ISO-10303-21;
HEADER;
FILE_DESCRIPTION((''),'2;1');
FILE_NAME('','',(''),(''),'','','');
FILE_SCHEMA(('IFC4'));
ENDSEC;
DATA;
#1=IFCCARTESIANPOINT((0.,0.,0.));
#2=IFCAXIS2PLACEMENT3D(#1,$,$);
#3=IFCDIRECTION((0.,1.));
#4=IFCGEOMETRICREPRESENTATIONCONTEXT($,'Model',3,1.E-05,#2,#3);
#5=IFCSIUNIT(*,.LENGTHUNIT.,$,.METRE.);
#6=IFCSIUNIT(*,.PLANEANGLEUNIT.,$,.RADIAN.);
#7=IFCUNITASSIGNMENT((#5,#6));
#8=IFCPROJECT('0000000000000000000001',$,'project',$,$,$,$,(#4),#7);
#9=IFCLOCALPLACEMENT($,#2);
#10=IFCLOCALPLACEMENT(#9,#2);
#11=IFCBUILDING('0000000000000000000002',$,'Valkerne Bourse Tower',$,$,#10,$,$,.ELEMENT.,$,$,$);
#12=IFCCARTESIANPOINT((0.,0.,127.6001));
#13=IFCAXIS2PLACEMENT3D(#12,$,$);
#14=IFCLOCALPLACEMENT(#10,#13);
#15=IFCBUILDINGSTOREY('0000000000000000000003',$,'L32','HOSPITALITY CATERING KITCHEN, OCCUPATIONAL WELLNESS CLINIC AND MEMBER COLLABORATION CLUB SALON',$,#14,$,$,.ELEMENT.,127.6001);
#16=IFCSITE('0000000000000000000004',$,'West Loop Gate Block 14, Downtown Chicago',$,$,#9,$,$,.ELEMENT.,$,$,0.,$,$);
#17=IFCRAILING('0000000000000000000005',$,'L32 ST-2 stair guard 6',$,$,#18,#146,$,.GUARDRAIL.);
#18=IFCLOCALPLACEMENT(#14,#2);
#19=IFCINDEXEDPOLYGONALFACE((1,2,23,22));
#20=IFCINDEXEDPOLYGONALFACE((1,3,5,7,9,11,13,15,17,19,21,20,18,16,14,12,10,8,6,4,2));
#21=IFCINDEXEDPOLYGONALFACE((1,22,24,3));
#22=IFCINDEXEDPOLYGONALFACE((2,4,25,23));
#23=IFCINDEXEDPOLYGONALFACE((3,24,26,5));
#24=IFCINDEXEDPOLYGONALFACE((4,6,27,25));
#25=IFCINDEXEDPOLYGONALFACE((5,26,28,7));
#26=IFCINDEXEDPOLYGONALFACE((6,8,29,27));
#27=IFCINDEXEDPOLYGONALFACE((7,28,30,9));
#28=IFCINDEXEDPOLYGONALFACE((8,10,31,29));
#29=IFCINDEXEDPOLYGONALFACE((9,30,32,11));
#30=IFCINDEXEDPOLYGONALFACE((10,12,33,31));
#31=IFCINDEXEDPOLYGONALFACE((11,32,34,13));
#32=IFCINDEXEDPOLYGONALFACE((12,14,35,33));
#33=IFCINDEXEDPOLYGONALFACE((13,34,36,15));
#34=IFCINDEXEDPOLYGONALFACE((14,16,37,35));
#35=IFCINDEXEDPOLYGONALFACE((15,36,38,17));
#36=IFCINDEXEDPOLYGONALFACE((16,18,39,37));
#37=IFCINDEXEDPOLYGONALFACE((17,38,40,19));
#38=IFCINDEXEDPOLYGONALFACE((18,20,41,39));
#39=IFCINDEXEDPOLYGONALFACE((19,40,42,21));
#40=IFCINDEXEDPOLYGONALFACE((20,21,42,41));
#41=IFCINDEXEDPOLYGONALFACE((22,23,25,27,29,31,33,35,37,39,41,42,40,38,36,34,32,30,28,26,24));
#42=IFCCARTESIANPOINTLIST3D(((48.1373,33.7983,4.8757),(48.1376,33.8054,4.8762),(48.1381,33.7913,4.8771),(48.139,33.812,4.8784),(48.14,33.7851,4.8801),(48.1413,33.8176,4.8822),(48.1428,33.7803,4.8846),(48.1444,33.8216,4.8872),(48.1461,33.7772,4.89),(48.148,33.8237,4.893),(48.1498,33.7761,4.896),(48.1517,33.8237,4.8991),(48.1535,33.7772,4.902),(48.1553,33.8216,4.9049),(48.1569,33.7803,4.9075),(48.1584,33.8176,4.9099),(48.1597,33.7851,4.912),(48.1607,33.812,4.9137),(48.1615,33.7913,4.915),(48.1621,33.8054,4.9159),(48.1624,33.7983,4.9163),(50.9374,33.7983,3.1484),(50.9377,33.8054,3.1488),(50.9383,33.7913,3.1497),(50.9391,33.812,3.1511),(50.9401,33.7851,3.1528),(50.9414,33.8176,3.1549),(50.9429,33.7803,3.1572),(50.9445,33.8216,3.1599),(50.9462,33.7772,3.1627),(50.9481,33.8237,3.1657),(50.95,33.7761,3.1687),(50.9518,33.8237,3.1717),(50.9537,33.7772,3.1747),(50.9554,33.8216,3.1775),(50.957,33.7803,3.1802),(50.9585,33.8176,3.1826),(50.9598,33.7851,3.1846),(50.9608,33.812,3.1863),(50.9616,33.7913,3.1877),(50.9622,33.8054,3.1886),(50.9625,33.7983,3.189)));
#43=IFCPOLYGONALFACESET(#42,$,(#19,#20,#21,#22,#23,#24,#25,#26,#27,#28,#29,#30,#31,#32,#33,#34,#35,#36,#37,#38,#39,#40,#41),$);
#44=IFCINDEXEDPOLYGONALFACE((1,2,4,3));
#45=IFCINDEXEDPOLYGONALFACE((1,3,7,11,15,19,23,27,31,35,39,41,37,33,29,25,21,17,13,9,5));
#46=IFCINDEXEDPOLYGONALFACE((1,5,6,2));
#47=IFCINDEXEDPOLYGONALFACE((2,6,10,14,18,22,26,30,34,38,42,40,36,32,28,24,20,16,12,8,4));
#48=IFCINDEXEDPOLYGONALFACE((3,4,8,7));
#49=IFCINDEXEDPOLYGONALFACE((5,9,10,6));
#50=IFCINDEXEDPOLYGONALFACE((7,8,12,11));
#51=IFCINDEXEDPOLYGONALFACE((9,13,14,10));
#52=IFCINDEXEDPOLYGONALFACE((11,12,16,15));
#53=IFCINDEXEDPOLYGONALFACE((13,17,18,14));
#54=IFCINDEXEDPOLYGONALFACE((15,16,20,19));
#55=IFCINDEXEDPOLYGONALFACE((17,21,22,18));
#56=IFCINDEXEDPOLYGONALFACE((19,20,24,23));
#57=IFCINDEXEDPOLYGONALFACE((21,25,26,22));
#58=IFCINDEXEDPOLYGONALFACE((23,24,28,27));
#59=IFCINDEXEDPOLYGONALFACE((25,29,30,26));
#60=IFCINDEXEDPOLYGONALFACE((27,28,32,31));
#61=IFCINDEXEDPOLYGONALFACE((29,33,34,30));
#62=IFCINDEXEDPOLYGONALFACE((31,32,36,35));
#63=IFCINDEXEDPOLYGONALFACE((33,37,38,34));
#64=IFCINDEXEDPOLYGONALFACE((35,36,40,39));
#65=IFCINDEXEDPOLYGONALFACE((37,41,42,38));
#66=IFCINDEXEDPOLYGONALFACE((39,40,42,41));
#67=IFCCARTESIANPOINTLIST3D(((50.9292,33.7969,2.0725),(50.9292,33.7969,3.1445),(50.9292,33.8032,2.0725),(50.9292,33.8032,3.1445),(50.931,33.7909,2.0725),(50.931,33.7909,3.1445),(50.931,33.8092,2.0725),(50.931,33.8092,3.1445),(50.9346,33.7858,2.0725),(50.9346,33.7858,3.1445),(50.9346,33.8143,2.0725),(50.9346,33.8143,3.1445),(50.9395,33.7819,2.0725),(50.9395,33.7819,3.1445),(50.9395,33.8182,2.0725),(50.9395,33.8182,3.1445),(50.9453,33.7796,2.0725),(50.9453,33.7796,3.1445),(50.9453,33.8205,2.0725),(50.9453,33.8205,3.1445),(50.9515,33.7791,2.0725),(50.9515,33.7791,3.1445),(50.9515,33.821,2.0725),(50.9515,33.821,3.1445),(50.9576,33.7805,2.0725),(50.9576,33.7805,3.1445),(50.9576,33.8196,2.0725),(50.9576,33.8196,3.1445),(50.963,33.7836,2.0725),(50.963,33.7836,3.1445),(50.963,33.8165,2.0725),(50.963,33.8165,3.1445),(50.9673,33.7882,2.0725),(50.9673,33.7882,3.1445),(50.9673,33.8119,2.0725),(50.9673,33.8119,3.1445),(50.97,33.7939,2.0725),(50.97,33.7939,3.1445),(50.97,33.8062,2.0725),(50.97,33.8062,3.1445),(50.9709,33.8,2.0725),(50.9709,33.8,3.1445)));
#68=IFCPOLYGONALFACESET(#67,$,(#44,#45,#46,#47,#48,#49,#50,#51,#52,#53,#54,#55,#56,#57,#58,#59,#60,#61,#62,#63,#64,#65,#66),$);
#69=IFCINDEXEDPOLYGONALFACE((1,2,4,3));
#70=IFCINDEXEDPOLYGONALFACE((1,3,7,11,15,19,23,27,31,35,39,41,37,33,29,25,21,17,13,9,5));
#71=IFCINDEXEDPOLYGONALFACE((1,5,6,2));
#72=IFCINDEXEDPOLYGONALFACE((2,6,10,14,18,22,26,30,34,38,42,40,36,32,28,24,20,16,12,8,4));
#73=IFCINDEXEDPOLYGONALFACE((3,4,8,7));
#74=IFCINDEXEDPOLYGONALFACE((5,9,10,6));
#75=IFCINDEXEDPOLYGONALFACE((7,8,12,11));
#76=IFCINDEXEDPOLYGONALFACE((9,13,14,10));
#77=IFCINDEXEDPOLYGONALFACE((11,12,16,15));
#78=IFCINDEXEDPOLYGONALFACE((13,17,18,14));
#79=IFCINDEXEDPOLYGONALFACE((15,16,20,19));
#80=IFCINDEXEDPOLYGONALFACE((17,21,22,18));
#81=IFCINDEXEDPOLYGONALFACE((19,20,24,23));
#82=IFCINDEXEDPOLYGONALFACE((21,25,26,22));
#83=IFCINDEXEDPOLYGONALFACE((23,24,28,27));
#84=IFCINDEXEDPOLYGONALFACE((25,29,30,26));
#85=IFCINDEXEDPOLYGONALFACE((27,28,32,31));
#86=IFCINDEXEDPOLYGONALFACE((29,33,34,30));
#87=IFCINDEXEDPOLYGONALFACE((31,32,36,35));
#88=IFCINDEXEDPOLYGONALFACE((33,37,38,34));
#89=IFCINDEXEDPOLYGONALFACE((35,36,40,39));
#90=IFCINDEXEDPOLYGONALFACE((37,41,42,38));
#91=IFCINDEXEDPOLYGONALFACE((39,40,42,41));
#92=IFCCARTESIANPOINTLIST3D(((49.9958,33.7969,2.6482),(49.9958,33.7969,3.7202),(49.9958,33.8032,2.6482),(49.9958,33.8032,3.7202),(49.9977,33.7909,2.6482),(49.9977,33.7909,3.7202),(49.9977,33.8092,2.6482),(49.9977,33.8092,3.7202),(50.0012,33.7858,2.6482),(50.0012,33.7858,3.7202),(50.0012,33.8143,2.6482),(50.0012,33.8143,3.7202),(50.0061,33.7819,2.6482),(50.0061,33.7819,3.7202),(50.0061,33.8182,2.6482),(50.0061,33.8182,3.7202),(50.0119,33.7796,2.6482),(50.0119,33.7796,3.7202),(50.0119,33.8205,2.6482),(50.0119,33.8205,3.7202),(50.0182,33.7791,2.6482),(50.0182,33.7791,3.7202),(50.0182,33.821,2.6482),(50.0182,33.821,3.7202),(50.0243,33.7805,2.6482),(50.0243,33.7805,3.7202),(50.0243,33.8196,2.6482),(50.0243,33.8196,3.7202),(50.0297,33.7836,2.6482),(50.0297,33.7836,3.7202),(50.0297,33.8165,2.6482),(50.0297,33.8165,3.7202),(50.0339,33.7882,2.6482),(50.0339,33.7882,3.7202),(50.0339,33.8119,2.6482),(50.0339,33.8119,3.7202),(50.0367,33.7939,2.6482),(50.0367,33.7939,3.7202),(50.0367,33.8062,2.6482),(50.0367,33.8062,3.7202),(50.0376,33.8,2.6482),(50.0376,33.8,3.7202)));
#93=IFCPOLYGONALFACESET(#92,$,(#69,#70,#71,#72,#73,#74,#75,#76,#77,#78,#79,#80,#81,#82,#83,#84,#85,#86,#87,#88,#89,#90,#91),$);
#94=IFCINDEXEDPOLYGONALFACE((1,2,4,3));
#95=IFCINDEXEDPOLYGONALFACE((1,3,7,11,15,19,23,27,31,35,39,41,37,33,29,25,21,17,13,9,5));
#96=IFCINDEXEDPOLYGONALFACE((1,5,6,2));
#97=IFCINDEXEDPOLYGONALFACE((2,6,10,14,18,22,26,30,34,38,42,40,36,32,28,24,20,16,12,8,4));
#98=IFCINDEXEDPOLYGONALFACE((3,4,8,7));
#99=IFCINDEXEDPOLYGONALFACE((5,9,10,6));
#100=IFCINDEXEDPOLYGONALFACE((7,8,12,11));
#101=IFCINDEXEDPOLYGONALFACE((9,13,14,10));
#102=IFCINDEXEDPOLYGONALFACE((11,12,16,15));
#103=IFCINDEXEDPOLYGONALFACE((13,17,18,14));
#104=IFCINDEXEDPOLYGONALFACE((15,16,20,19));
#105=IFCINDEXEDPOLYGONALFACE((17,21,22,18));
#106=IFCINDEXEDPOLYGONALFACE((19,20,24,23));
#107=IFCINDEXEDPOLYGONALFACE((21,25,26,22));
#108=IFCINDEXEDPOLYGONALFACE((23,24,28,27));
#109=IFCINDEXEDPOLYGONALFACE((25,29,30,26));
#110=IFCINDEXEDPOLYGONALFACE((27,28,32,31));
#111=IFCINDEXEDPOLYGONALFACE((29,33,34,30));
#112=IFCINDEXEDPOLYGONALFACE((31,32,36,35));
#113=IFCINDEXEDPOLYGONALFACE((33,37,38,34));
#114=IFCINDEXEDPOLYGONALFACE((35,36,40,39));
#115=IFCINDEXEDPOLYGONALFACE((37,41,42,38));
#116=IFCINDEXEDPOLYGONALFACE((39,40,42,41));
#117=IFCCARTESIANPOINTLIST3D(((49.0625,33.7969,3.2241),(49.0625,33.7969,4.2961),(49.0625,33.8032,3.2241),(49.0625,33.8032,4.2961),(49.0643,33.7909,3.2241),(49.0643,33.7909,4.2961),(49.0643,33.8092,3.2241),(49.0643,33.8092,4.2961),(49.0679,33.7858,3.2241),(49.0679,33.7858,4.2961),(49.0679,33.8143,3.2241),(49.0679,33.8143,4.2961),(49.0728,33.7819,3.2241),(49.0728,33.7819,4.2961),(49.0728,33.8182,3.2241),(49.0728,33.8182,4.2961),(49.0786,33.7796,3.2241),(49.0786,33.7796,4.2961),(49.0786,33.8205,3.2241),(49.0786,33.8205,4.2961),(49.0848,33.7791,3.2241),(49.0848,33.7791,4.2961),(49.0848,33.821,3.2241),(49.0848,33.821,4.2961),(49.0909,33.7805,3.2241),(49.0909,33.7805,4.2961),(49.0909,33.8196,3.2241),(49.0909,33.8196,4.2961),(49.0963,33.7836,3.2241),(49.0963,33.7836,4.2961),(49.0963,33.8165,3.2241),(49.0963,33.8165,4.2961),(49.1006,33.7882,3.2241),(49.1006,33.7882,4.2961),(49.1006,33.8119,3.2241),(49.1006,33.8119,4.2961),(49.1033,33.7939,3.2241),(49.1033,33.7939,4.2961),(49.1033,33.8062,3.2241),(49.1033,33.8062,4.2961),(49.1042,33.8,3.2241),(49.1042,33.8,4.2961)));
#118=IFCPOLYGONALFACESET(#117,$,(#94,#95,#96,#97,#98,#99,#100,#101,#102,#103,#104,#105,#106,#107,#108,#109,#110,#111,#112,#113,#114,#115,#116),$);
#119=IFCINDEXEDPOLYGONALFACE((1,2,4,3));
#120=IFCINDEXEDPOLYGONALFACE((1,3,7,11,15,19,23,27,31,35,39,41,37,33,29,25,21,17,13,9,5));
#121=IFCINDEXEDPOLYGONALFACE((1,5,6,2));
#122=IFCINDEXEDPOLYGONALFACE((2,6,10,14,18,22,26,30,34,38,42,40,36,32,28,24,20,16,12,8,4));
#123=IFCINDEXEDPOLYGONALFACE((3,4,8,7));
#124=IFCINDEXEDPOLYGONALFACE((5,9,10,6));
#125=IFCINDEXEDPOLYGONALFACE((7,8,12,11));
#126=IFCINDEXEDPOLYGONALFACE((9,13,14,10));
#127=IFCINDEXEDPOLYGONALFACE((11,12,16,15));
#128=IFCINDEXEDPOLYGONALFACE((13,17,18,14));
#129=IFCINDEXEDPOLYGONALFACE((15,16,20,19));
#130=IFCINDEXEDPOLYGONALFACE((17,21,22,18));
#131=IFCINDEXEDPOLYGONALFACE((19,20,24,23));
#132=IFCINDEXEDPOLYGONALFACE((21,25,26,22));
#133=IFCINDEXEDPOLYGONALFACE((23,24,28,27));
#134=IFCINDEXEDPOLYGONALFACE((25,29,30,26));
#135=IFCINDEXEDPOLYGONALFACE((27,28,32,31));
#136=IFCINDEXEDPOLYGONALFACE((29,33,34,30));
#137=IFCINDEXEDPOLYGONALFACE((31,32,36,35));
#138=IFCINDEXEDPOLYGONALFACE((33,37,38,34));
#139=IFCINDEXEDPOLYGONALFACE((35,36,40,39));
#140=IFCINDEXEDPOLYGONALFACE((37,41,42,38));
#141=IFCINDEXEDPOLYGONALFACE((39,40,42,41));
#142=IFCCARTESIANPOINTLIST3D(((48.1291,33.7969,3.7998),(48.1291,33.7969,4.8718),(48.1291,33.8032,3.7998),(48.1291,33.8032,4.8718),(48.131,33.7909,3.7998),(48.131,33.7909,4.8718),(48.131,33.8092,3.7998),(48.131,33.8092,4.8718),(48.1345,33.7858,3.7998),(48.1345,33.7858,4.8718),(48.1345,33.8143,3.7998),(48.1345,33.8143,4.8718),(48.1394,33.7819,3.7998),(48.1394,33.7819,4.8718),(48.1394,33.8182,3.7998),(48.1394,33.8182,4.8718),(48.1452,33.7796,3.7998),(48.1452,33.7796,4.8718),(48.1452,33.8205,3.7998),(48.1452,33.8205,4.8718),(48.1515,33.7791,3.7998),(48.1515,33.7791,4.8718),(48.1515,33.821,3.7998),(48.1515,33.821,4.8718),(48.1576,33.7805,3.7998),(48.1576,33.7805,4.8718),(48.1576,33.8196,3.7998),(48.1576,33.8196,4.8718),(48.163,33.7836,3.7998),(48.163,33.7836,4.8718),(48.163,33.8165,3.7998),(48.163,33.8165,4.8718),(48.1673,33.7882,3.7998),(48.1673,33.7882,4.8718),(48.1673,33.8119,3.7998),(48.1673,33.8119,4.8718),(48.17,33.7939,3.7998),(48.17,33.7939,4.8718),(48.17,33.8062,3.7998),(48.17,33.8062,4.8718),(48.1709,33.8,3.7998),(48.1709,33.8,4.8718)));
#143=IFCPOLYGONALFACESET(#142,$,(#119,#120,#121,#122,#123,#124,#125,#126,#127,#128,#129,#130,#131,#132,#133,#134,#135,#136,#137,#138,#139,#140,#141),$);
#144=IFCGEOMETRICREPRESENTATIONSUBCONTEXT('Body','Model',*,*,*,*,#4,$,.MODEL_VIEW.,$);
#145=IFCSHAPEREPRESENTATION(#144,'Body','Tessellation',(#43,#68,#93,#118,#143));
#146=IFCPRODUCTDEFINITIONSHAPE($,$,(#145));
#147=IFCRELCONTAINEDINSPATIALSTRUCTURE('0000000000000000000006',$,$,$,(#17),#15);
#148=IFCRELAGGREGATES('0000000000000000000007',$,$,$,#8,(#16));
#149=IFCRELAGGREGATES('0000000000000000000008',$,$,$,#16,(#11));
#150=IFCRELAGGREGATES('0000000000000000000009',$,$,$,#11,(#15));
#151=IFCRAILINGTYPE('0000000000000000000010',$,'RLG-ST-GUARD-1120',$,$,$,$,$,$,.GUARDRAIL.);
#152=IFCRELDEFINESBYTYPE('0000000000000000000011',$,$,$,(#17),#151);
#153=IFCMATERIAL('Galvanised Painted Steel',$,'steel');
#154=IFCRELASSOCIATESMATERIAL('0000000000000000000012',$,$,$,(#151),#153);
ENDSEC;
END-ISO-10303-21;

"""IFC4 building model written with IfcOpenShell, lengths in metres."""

from ifc_helpers import new_model, si_unit, direction, frame, origin, origin_2d, place, context, subcontext, project, spatial, circle, extrude, material, type_object, element, save


model = new_model("IFC4")

# Units and contexts
model_context = context("Model", 3, precision=1e-05, world=origin(), true_north=direction((0.0, 1.0)))
body_context = subcontext(model_context, "Body", "Model", "MODEL_VIEW")
ifc_project = project(units=[si_unit("LENGTHUNIT", "METRE"), si_unit("PLANEANGLEUNIT", "RADIAN")], contexts=[model_context])

# Site, building, storey
site_placement = place(None, origin())
site = spatial("IfcSite", under=ifc_project, at=site_placement, Name="West Loop Gate Block 14, Downtown Chicago", CompositionType="ELEMENT", RefElevation=0.0)
building_placement = place(site_placement, origin())
building = spatial("IfcBuilding", under=site, at=building_placement, Name="Valkerne Bourse Tower", CompositionType="ELEMENT")
storey_placement = place(building_placement, frame((0.0, 0.0, 127.6001)))
storey = spatial("IfcBuildingStorey", under=building, at=storey_placement, Name="L32", Description="HOSPITALITY CATERING KITCHEN, OCCUPATIONAL WELLNESS CLINIC AND MEMBER COLLABORATION CLUB SALON", CompositionType="ELEMENT", Elevation=127.6001)

# Shared definitions
ifc_material_1 = material(Name="Galvanised Painted Steel", Category="steel")

# Railing
railing_type_1 = type_object("IfcRailingType", Name="RLG-ST-GUARD-1120", PredefinedType="GUARDRAIL", material=ifc_material_1)
railing_1_placement = place(storey_placement, frame((50.95, 33.8, 2.0725)))
element("IfcRailing", 1, at=railing_1_placement, inside=storey, type_object=railing_type_1, Name="L32 ST-2 stair guard 6", PredefinedType="GUARDRAIL", context=body_context, shape_type="SweptSolid", body=[
    extrude(circle(Radius=0.0239, at=origin_2d()), frame((0.0, 0.0, 1.0962), z_axis=(-0.85109, 0.0, 0.52502), x_axis=(0.0, -1.0, 0.0)), (0.0, 0.0, 1.0), 3.29),
    extrude(circle(Radius=0.021, at=origin_2d()), origin(), (0.0, 0.0, 1.0), 1.072),
    extrude(circle(Radius=0.021, at=origin_2d()), frame((-0.9333, 0.0, 0.5757)), (0.0, 0.0, 1.0), 1.072),
    extrude(circle(Radius=0.021, at=origin_2d()), frame((-1.8667, 0.0, 1.1516)), (0.0, 0.0, 1.0), 1.072),
    extrude(circle(Radius=0.021, at=origin_2d()), frame((-2.8, 0.0, 1.7273)), (0.0, 0.0, 1.0), 1.072),
])

save(model, "model.ifc")
